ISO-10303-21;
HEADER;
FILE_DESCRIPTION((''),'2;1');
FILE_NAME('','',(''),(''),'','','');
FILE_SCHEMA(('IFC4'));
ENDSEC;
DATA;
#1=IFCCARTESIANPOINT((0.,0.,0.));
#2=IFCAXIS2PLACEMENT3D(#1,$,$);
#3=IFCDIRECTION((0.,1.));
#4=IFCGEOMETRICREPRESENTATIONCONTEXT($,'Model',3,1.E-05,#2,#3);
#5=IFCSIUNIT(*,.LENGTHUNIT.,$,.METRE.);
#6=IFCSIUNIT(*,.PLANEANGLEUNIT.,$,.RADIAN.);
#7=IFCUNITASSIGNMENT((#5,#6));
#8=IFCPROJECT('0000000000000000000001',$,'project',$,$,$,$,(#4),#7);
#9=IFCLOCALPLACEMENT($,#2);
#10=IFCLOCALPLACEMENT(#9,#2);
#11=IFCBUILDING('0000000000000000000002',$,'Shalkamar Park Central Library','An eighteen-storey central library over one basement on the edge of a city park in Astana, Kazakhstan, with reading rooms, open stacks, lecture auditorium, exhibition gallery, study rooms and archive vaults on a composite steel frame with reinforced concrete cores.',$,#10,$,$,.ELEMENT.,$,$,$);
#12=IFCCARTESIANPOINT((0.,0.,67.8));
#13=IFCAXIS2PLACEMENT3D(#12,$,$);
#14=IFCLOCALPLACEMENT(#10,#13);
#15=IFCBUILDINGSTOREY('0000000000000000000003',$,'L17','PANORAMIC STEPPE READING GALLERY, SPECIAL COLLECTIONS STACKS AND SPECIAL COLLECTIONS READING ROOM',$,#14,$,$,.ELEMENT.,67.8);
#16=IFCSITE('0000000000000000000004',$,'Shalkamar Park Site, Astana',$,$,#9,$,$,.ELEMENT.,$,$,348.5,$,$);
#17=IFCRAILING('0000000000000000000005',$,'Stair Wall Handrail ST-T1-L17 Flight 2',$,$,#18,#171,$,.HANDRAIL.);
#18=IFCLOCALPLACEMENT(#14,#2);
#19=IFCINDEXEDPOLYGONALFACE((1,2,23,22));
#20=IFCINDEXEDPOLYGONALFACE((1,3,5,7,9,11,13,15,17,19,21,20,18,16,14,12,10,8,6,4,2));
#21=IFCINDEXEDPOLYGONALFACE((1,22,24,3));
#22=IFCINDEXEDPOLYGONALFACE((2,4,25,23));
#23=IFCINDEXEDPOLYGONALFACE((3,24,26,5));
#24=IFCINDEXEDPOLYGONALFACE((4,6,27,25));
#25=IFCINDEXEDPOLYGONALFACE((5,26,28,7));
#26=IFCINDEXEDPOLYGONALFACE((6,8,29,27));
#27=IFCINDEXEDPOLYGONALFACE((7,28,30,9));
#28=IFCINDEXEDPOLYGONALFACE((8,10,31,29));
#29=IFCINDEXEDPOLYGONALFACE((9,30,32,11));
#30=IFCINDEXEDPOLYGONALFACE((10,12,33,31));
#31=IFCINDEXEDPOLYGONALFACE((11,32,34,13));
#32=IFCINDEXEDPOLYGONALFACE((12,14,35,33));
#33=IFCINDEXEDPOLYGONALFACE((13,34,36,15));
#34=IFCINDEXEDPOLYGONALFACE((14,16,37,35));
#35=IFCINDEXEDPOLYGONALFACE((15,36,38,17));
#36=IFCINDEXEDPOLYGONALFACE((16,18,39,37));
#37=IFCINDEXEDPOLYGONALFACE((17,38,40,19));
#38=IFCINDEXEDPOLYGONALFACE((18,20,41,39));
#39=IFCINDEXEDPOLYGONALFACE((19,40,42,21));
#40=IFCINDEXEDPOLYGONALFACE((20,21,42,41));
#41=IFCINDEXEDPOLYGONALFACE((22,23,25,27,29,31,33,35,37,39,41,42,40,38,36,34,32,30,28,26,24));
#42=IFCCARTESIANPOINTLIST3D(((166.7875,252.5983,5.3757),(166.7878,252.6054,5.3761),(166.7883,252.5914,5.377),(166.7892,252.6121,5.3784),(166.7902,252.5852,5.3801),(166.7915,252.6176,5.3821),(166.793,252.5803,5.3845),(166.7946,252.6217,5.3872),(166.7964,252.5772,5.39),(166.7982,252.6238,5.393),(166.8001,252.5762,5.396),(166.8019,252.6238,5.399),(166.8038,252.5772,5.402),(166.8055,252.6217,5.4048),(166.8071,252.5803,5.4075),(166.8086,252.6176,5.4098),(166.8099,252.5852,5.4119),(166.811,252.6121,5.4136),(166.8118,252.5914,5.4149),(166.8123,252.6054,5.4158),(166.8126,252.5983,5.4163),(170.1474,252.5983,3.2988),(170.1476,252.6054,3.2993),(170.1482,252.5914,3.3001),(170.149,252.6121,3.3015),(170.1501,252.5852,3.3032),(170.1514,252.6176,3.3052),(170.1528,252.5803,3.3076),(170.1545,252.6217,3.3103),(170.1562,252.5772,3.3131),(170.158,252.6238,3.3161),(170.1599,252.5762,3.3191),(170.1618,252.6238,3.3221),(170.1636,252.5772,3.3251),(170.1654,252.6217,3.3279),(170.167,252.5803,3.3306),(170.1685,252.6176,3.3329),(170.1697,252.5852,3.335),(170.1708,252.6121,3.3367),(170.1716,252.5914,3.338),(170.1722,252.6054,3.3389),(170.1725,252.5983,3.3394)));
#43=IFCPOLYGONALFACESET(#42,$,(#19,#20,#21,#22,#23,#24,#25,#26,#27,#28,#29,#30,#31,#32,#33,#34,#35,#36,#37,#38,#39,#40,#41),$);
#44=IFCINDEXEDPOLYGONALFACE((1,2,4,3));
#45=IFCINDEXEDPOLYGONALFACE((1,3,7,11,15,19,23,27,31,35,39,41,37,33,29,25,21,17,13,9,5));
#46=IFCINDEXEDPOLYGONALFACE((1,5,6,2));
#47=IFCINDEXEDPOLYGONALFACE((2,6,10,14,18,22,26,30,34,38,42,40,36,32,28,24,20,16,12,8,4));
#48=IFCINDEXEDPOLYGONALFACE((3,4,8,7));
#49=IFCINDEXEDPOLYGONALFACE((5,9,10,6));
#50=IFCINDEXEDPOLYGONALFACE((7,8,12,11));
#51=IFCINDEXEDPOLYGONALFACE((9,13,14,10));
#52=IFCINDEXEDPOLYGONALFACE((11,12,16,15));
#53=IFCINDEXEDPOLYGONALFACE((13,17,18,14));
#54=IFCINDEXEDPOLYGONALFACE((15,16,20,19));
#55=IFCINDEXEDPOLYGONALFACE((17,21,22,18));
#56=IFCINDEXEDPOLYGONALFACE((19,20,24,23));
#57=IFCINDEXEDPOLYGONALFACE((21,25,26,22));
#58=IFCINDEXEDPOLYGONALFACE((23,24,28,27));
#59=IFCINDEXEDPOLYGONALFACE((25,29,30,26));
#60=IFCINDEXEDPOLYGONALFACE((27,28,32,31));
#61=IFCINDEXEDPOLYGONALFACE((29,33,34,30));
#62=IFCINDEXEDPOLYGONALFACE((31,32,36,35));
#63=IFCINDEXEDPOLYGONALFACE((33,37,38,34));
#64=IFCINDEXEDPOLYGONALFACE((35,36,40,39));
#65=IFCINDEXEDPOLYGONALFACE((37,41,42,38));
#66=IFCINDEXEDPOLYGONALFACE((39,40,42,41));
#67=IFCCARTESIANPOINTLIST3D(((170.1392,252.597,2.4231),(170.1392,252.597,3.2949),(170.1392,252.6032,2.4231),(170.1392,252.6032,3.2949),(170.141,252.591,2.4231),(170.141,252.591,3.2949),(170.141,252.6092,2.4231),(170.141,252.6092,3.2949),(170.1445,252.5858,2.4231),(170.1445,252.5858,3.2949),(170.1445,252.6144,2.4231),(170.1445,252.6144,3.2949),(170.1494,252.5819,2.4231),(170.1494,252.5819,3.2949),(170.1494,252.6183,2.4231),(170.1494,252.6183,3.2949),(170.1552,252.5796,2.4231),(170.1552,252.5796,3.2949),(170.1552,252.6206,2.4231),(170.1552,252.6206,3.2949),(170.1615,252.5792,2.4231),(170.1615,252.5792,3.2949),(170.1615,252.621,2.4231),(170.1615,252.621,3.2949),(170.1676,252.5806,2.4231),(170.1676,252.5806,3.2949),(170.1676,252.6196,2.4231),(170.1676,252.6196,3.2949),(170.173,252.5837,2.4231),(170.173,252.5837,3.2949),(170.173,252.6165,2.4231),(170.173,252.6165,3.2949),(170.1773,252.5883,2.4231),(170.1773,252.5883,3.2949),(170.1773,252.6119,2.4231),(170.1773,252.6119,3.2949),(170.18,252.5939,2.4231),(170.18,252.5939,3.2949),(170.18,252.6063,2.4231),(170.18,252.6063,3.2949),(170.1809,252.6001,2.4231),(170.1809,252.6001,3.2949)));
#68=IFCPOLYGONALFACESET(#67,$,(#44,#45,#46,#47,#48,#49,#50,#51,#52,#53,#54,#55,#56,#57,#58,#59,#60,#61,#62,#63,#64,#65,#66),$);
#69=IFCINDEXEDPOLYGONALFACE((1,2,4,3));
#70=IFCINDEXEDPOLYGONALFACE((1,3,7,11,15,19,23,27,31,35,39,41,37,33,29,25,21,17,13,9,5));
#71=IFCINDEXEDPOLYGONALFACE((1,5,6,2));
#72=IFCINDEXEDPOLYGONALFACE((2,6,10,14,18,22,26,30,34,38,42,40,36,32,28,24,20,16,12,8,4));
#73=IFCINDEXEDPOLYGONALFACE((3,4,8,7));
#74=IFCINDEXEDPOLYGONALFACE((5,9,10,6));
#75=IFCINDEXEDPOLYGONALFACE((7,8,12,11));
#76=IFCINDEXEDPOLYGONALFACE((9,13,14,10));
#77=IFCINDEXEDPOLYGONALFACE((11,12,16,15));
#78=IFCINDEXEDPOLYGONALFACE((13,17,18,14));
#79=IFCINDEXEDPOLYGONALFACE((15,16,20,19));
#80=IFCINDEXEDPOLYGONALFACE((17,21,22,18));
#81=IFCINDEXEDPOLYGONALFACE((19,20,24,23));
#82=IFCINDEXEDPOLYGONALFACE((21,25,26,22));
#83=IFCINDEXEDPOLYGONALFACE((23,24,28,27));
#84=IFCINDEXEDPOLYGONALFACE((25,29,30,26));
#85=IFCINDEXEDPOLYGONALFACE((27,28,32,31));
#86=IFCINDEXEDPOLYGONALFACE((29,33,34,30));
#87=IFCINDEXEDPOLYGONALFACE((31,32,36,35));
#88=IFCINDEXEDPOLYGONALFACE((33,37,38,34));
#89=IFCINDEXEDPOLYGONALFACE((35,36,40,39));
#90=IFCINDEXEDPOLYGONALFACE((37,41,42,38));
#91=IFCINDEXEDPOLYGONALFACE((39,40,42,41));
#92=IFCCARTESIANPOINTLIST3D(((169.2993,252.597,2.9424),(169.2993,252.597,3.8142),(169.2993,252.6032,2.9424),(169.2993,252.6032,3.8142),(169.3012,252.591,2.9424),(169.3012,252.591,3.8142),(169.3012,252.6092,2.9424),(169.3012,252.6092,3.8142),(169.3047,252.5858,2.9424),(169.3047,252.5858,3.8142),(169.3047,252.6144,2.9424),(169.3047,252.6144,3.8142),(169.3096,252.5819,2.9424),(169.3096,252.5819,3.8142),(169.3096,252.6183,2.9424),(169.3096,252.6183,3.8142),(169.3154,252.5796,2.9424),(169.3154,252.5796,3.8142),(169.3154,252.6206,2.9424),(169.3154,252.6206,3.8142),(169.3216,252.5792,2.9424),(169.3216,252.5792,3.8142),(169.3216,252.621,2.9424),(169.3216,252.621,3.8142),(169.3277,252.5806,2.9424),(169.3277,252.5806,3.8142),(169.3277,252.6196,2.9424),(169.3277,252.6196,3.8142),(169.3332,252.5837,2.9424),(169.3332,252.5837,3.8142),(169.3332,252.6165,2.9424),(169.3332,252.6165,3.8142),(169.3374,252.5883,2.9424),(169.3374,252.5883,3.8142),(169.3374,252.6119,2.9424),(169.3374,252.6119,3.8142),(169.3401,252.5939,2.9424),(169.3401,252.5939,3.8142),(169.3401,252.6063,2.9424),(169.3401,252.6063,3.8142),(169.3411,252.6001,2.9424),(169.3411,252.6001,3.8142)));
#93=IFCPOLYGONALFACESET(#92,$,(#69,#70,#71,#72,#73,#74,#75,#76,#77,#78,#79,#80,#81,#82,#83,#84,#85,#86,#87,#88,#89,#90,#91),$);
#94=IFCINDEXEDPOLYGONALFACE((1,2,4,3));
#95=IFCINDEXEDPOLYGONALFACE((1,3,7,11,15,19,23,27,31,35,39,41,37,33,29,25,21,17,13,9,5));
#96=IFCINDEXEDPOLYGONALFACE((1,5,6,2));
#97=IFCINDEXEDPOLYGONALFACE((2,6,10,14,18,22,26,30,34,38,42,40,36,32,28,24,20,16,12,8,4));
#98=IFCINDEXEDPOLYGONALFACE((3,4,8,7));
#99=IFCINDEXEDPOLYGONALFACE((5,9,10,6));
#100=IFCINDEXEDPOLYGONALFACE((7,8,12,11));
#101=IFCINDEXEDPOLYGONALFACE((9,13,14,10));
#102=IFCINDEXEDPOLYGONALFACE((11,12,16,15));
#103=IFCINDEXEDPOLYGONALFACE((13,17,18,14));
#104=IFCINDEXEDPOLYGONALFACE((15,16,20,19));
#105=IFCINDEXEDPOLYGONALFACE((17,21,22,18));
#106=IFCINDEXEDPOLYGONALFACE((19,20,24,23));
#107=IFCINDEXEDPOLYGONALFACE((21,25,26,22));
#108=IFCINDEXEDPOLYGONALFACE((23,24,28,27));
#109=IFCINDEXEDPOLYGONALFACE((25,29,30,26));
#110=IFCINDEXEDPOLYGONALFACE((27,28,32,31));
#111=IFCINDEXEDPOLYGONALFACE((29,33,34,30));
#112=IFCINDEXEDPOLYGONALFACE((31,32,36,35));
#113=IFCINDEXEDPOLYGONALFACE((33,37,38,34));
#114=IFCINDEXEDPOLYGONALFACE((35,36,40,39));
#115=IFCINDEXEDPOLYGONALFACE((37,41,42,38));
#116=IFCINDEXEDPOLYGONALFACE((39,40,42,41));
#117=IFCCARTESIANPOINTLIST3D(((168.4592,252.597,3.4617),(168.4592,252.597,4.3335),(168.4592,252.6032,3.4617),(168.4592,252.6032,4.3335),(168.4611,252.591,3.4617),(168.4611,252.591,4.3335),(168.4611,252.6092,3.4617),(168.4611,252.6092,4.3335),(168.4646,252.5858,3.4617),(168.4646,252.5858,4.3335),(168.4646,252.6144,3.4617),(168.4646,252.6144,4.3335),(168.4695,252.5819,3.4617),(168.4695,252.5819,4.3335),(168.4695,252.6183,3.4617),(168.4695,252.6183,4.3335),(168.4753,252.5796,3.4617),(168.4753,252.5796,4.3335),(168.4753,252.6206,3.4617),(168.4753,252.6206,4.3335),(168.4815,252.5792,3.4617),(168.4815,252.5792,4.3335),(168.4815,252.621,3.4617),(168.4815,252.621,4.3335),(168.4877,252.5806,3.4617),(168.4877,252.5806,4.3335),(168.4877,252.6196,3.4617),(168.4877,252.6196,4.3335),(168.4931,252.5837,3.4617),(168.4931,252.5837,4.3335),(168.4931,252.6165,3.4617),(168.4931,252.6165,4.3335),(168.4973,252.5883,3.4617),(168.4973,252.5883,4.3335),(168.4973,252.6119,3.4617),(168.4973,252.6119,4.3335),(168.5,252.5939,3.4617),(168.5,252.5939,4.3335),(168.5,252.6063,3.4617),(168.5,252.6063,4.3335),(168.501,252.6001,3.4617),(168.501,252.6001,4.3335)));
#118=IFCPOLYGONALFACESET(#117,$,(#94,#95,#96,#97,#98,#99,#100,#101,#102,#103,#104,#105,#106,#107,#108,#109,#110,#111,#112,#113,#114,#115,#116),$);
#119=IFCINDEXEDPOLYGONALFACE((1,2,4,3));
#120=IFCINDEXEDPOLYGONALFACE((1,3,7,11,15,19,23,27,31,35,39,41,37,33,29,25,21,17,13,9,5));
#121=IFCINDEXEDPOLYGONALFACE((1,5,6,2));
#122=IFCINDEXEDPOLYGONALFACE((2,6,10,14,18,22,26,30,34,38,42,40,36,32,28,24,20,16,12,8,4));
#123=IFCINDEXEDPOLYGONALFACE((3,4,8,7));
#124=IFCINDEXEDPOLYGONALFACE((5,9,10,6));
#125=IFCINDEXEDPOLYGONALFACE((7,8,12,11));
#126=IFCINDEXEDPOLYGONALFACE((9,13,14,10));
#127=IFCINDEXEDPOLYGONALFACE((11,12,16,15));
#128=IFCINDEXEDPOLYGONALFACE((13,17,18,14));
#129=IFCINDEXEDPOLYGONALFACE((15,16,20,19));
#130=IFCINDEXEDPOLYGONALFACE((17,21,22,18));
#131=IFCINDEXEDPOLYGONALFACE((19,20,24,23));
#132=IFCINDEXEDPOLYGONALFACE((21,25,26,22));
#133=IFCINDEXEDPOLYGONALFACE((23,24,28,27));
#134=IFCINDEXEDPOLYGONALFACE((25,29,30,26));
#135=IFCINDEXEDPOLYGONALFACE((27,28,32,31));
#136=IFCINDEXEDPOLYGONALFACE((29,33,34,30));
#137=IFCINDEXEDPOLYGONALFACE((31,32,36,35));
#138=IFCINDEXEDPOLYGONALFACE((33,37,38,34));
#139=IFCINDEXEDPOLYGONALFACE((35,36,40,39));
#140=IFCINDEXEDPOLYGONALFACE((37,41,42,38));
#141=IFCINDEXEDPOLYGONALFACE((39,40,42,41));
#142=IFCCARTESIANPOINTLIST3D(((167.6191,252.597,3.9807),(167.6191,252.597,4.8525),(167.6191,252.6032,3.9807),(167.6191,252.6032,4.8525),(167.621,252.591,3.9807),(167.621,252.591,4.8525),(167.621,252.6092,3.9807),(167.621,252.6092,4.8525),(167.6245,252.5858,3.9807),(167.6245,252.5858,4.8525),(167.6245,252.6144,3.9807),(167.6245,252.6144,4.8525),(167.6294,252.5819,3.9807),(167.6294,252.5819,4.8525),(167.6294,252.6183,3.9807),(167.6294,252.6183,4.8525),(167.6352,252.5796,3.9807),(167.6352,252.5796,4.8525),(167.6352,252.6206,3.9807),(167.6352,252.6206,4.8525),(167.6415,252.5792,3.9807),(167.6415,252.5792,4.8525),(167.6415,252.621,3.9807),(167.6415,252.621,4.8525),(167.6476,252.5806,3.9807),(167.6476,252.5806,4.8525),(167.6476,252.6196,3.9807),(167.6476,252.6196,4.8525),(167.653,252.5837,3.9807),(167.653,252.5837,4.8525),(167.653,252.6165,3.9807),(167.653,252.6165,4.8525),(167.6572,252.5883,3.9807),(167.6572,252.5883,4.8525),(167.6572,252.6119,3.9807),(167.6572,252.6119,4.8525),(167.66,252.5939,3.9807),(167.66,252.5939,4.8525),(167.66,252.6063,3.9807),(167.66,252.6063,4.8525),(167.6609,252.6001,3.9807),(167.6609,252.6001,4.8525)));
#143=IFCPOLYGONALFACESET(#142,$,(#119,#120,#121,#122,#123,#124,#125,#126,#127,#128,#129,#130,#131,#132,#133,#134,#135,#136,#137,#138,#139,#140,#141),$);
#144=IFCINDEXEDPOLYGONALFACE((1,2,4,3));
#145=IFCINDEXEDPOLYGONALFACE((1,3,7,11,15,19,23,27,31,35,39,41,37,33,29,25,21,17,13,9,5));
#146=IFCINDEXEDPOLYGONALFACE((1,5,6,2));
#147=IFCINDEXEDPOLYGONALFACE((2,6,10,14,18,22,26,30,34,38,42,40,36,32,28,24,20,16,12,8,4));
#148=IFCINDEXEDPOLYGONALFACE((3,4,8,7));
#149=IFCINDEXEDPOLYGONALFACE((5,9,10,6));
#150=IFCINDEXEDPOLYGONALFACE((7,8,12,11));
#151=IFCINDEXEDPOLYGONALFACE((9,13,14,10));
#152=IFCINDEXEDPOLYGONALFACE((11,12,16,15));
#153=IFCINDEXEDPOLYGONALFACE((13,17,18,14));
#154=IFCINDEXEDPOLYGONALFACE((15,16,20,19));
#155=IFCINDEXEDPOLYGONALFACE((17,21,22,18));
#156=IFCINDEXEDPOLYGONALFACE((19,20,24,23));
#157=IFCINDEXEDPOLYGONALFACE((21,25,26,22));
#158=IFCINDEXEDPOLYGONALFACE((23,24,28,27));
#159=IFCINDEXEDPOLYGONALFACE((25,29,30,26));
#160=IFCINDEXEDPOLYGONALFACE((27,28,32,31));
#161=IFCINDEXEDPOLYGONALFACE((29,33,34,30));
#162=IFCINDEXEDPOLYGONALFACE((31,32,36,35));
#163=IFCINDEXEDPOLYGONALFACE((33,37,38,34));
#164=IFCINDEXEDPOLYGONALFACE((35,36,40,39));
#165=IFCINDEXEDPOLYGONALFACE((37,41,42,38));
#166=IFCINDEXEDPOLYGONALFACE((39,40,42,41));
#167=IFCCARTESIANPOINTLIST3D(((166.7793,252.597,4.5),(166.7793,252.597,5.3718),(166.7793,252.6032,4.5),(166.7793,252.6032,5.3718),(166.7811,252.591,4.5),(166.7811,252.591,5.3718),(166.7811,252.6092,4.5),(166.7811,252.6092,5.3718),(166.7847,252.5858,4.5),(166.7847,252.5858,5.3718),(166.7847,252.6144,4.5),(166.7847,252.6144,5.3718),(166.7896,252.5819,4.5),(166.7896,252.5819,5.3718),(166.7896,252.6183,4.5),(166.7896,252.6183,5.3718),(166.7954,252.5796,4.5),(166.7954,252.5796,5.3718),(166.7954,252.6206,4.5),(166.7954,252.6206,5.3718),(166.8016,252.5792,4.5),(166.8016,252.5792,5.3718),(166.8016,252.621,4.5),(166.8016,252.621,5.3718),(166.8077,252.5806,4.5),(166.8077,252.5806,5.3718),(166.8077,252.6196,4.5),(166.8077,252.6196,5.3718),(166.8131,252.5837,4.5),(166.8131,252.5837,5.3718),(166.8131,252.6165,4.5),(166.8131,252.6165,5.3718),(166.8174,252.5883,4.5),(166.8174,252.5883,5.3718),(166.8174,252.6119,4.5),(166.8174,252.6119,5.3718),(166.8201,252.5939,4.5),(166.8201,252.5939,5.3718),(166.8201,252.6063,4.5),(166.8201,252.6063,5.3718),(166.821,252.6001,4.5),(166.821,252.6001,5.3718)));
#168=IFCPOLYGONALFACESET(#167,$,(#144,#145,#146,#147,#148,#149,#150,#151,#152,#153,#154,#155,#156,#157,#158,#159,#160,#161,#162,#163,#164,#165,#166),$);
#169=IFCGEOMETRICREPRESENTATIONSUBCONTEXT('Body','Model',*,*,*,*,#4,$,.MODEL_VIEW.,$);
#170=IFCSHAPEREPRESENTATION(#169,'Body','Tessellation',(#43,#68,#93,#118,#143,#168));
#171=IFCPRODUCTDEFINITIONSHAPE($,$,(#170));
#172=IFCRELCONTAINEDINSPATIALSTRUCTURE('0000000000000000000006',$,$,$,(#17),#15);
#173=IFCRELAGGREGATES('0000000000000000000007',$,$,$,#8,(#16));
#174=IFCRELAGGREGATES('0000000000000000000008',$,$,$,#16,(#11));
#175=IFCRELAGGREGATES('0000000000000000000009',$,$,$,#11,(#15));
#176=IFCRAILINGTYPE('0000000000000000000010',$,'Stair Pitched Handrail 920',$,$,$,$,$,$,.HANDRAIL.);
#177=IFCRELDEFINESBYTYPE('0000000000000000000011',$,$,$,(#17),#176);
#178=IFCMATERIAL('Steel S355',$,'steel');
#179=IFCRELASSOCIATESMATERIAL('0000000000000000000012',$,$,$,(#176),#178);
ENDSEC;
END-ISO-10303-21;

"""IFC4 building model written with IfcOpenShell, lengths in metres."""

from ifc_helpers import new_model, si_unit, direction, frame, origin, origin_2d, place, context, subcontext, project, spatial, circle, extrude, material, type_object, element, save


model = new_model("IFC4")

# Units and contexts
model_context = context("Model", 3, precision=1e-05, world=origin(), true_north=direction((0.0, 1.0)))
body_context = subcontext(model_context, "Body", "Model", "MODEL_VIEW")
ifc_project = project(units=[si_unit("LENGTHUNIT", "METRE"), si_unit("PLANEANGLEUNIT", "RADIAN")], contexts=[model_context])

# Site, building, storey
site_placement = place(None, origin())
site = spatial("IfcSite", under=ifc_project, at=site_placement, Name="Shalkamar Park Site, Astana", CompositionType="ELEMENT", RefElevation=348.5)
building_placement = place(site_placement, origin())
building = spatial("IfcBuilding", under=site, at=building_placement, Name="Shalkamar Park Central Library", Description="An eighteen-storey central library over one basement on the edge of a city park in Astana, Kazakhstan, with reading rooms, open stacks, lecture auditorium, exhibition gallery, study rooms and archive vaults on a composite steel frame with reinforced concrete cores.", CompositionType="ELEMENT")
storey_placement = place(building_placement, frame((0.0, 0.0, 67.8)))
storey = spatial("IfcBuildingStorey", under=building, at=storey_placement, Name="L17", Description="PANORAMIC STEPPE READING GALLERY, SPECIAL COLLECTIONS STACKS AND SPECIAL COLLECTIONS READING ROOM", CompositionType="ELEMENT", Elevation=67.8)

# Shared definitions
ifc_material_1 = material(Name="Steel S355", Category="steel")

# Railing
railing_type = type_object("IfcRailingType", Name="Stair Pitched Handrail 920", PredefinedType="HANDRAIL", material=ifc_material_1)
railing_placement = place(storey_placement, frame((170.1599, 252.6001, 2.4231)))
element("IfcRailing", 1, at=railing_placement, inside=storey, type_object=railing_type, Name="Stair Wall Handrail ST-T1-L17 Flight 2", PredefinedType="HANDRAIL", context=body_context, shape_type="SweptSolid", body=[
    extrude(circle(Radius=0.0239, at=origin_2d()), frame((0.0, 0.0, 0.896), z_axis=(-0.850606, 0.0, 0.525803), x_axis=(0.0, -1.0, 0.0)), (0.0, 0.0, 1.0), 3.95),
    extrude(circle(Radius=0.021, at=origin_2d()), origin(), (0.0, 0.0, 1.0), 0.8718),
    extrude(circle(Radius=0.021, at=origin_2d()), frame((-0.8398, 0.0, 0.5193)), (0.0, 0.0, 1.0), 0.8718),
    extrude(circle(Radius=0.021, at=origin_2d()), frame((-1.6799, 0.0, 1.0386)), (0.0, 0.0, 1.0), 0.8718),
    extrude(circle(Radius=0.021, at=origin_2d()), frame((-2.52, 0.0, 1.5576)), (0.0, 0.0, 1.0), 0.8718),
    extrude(circle(Radius=0.021, at=origin_2d()), frame((-3.3599, 0.0, 2.0769)), (0.0, 0.0, 1.0), 0.8718),
])

save(model, "model.ifc")
